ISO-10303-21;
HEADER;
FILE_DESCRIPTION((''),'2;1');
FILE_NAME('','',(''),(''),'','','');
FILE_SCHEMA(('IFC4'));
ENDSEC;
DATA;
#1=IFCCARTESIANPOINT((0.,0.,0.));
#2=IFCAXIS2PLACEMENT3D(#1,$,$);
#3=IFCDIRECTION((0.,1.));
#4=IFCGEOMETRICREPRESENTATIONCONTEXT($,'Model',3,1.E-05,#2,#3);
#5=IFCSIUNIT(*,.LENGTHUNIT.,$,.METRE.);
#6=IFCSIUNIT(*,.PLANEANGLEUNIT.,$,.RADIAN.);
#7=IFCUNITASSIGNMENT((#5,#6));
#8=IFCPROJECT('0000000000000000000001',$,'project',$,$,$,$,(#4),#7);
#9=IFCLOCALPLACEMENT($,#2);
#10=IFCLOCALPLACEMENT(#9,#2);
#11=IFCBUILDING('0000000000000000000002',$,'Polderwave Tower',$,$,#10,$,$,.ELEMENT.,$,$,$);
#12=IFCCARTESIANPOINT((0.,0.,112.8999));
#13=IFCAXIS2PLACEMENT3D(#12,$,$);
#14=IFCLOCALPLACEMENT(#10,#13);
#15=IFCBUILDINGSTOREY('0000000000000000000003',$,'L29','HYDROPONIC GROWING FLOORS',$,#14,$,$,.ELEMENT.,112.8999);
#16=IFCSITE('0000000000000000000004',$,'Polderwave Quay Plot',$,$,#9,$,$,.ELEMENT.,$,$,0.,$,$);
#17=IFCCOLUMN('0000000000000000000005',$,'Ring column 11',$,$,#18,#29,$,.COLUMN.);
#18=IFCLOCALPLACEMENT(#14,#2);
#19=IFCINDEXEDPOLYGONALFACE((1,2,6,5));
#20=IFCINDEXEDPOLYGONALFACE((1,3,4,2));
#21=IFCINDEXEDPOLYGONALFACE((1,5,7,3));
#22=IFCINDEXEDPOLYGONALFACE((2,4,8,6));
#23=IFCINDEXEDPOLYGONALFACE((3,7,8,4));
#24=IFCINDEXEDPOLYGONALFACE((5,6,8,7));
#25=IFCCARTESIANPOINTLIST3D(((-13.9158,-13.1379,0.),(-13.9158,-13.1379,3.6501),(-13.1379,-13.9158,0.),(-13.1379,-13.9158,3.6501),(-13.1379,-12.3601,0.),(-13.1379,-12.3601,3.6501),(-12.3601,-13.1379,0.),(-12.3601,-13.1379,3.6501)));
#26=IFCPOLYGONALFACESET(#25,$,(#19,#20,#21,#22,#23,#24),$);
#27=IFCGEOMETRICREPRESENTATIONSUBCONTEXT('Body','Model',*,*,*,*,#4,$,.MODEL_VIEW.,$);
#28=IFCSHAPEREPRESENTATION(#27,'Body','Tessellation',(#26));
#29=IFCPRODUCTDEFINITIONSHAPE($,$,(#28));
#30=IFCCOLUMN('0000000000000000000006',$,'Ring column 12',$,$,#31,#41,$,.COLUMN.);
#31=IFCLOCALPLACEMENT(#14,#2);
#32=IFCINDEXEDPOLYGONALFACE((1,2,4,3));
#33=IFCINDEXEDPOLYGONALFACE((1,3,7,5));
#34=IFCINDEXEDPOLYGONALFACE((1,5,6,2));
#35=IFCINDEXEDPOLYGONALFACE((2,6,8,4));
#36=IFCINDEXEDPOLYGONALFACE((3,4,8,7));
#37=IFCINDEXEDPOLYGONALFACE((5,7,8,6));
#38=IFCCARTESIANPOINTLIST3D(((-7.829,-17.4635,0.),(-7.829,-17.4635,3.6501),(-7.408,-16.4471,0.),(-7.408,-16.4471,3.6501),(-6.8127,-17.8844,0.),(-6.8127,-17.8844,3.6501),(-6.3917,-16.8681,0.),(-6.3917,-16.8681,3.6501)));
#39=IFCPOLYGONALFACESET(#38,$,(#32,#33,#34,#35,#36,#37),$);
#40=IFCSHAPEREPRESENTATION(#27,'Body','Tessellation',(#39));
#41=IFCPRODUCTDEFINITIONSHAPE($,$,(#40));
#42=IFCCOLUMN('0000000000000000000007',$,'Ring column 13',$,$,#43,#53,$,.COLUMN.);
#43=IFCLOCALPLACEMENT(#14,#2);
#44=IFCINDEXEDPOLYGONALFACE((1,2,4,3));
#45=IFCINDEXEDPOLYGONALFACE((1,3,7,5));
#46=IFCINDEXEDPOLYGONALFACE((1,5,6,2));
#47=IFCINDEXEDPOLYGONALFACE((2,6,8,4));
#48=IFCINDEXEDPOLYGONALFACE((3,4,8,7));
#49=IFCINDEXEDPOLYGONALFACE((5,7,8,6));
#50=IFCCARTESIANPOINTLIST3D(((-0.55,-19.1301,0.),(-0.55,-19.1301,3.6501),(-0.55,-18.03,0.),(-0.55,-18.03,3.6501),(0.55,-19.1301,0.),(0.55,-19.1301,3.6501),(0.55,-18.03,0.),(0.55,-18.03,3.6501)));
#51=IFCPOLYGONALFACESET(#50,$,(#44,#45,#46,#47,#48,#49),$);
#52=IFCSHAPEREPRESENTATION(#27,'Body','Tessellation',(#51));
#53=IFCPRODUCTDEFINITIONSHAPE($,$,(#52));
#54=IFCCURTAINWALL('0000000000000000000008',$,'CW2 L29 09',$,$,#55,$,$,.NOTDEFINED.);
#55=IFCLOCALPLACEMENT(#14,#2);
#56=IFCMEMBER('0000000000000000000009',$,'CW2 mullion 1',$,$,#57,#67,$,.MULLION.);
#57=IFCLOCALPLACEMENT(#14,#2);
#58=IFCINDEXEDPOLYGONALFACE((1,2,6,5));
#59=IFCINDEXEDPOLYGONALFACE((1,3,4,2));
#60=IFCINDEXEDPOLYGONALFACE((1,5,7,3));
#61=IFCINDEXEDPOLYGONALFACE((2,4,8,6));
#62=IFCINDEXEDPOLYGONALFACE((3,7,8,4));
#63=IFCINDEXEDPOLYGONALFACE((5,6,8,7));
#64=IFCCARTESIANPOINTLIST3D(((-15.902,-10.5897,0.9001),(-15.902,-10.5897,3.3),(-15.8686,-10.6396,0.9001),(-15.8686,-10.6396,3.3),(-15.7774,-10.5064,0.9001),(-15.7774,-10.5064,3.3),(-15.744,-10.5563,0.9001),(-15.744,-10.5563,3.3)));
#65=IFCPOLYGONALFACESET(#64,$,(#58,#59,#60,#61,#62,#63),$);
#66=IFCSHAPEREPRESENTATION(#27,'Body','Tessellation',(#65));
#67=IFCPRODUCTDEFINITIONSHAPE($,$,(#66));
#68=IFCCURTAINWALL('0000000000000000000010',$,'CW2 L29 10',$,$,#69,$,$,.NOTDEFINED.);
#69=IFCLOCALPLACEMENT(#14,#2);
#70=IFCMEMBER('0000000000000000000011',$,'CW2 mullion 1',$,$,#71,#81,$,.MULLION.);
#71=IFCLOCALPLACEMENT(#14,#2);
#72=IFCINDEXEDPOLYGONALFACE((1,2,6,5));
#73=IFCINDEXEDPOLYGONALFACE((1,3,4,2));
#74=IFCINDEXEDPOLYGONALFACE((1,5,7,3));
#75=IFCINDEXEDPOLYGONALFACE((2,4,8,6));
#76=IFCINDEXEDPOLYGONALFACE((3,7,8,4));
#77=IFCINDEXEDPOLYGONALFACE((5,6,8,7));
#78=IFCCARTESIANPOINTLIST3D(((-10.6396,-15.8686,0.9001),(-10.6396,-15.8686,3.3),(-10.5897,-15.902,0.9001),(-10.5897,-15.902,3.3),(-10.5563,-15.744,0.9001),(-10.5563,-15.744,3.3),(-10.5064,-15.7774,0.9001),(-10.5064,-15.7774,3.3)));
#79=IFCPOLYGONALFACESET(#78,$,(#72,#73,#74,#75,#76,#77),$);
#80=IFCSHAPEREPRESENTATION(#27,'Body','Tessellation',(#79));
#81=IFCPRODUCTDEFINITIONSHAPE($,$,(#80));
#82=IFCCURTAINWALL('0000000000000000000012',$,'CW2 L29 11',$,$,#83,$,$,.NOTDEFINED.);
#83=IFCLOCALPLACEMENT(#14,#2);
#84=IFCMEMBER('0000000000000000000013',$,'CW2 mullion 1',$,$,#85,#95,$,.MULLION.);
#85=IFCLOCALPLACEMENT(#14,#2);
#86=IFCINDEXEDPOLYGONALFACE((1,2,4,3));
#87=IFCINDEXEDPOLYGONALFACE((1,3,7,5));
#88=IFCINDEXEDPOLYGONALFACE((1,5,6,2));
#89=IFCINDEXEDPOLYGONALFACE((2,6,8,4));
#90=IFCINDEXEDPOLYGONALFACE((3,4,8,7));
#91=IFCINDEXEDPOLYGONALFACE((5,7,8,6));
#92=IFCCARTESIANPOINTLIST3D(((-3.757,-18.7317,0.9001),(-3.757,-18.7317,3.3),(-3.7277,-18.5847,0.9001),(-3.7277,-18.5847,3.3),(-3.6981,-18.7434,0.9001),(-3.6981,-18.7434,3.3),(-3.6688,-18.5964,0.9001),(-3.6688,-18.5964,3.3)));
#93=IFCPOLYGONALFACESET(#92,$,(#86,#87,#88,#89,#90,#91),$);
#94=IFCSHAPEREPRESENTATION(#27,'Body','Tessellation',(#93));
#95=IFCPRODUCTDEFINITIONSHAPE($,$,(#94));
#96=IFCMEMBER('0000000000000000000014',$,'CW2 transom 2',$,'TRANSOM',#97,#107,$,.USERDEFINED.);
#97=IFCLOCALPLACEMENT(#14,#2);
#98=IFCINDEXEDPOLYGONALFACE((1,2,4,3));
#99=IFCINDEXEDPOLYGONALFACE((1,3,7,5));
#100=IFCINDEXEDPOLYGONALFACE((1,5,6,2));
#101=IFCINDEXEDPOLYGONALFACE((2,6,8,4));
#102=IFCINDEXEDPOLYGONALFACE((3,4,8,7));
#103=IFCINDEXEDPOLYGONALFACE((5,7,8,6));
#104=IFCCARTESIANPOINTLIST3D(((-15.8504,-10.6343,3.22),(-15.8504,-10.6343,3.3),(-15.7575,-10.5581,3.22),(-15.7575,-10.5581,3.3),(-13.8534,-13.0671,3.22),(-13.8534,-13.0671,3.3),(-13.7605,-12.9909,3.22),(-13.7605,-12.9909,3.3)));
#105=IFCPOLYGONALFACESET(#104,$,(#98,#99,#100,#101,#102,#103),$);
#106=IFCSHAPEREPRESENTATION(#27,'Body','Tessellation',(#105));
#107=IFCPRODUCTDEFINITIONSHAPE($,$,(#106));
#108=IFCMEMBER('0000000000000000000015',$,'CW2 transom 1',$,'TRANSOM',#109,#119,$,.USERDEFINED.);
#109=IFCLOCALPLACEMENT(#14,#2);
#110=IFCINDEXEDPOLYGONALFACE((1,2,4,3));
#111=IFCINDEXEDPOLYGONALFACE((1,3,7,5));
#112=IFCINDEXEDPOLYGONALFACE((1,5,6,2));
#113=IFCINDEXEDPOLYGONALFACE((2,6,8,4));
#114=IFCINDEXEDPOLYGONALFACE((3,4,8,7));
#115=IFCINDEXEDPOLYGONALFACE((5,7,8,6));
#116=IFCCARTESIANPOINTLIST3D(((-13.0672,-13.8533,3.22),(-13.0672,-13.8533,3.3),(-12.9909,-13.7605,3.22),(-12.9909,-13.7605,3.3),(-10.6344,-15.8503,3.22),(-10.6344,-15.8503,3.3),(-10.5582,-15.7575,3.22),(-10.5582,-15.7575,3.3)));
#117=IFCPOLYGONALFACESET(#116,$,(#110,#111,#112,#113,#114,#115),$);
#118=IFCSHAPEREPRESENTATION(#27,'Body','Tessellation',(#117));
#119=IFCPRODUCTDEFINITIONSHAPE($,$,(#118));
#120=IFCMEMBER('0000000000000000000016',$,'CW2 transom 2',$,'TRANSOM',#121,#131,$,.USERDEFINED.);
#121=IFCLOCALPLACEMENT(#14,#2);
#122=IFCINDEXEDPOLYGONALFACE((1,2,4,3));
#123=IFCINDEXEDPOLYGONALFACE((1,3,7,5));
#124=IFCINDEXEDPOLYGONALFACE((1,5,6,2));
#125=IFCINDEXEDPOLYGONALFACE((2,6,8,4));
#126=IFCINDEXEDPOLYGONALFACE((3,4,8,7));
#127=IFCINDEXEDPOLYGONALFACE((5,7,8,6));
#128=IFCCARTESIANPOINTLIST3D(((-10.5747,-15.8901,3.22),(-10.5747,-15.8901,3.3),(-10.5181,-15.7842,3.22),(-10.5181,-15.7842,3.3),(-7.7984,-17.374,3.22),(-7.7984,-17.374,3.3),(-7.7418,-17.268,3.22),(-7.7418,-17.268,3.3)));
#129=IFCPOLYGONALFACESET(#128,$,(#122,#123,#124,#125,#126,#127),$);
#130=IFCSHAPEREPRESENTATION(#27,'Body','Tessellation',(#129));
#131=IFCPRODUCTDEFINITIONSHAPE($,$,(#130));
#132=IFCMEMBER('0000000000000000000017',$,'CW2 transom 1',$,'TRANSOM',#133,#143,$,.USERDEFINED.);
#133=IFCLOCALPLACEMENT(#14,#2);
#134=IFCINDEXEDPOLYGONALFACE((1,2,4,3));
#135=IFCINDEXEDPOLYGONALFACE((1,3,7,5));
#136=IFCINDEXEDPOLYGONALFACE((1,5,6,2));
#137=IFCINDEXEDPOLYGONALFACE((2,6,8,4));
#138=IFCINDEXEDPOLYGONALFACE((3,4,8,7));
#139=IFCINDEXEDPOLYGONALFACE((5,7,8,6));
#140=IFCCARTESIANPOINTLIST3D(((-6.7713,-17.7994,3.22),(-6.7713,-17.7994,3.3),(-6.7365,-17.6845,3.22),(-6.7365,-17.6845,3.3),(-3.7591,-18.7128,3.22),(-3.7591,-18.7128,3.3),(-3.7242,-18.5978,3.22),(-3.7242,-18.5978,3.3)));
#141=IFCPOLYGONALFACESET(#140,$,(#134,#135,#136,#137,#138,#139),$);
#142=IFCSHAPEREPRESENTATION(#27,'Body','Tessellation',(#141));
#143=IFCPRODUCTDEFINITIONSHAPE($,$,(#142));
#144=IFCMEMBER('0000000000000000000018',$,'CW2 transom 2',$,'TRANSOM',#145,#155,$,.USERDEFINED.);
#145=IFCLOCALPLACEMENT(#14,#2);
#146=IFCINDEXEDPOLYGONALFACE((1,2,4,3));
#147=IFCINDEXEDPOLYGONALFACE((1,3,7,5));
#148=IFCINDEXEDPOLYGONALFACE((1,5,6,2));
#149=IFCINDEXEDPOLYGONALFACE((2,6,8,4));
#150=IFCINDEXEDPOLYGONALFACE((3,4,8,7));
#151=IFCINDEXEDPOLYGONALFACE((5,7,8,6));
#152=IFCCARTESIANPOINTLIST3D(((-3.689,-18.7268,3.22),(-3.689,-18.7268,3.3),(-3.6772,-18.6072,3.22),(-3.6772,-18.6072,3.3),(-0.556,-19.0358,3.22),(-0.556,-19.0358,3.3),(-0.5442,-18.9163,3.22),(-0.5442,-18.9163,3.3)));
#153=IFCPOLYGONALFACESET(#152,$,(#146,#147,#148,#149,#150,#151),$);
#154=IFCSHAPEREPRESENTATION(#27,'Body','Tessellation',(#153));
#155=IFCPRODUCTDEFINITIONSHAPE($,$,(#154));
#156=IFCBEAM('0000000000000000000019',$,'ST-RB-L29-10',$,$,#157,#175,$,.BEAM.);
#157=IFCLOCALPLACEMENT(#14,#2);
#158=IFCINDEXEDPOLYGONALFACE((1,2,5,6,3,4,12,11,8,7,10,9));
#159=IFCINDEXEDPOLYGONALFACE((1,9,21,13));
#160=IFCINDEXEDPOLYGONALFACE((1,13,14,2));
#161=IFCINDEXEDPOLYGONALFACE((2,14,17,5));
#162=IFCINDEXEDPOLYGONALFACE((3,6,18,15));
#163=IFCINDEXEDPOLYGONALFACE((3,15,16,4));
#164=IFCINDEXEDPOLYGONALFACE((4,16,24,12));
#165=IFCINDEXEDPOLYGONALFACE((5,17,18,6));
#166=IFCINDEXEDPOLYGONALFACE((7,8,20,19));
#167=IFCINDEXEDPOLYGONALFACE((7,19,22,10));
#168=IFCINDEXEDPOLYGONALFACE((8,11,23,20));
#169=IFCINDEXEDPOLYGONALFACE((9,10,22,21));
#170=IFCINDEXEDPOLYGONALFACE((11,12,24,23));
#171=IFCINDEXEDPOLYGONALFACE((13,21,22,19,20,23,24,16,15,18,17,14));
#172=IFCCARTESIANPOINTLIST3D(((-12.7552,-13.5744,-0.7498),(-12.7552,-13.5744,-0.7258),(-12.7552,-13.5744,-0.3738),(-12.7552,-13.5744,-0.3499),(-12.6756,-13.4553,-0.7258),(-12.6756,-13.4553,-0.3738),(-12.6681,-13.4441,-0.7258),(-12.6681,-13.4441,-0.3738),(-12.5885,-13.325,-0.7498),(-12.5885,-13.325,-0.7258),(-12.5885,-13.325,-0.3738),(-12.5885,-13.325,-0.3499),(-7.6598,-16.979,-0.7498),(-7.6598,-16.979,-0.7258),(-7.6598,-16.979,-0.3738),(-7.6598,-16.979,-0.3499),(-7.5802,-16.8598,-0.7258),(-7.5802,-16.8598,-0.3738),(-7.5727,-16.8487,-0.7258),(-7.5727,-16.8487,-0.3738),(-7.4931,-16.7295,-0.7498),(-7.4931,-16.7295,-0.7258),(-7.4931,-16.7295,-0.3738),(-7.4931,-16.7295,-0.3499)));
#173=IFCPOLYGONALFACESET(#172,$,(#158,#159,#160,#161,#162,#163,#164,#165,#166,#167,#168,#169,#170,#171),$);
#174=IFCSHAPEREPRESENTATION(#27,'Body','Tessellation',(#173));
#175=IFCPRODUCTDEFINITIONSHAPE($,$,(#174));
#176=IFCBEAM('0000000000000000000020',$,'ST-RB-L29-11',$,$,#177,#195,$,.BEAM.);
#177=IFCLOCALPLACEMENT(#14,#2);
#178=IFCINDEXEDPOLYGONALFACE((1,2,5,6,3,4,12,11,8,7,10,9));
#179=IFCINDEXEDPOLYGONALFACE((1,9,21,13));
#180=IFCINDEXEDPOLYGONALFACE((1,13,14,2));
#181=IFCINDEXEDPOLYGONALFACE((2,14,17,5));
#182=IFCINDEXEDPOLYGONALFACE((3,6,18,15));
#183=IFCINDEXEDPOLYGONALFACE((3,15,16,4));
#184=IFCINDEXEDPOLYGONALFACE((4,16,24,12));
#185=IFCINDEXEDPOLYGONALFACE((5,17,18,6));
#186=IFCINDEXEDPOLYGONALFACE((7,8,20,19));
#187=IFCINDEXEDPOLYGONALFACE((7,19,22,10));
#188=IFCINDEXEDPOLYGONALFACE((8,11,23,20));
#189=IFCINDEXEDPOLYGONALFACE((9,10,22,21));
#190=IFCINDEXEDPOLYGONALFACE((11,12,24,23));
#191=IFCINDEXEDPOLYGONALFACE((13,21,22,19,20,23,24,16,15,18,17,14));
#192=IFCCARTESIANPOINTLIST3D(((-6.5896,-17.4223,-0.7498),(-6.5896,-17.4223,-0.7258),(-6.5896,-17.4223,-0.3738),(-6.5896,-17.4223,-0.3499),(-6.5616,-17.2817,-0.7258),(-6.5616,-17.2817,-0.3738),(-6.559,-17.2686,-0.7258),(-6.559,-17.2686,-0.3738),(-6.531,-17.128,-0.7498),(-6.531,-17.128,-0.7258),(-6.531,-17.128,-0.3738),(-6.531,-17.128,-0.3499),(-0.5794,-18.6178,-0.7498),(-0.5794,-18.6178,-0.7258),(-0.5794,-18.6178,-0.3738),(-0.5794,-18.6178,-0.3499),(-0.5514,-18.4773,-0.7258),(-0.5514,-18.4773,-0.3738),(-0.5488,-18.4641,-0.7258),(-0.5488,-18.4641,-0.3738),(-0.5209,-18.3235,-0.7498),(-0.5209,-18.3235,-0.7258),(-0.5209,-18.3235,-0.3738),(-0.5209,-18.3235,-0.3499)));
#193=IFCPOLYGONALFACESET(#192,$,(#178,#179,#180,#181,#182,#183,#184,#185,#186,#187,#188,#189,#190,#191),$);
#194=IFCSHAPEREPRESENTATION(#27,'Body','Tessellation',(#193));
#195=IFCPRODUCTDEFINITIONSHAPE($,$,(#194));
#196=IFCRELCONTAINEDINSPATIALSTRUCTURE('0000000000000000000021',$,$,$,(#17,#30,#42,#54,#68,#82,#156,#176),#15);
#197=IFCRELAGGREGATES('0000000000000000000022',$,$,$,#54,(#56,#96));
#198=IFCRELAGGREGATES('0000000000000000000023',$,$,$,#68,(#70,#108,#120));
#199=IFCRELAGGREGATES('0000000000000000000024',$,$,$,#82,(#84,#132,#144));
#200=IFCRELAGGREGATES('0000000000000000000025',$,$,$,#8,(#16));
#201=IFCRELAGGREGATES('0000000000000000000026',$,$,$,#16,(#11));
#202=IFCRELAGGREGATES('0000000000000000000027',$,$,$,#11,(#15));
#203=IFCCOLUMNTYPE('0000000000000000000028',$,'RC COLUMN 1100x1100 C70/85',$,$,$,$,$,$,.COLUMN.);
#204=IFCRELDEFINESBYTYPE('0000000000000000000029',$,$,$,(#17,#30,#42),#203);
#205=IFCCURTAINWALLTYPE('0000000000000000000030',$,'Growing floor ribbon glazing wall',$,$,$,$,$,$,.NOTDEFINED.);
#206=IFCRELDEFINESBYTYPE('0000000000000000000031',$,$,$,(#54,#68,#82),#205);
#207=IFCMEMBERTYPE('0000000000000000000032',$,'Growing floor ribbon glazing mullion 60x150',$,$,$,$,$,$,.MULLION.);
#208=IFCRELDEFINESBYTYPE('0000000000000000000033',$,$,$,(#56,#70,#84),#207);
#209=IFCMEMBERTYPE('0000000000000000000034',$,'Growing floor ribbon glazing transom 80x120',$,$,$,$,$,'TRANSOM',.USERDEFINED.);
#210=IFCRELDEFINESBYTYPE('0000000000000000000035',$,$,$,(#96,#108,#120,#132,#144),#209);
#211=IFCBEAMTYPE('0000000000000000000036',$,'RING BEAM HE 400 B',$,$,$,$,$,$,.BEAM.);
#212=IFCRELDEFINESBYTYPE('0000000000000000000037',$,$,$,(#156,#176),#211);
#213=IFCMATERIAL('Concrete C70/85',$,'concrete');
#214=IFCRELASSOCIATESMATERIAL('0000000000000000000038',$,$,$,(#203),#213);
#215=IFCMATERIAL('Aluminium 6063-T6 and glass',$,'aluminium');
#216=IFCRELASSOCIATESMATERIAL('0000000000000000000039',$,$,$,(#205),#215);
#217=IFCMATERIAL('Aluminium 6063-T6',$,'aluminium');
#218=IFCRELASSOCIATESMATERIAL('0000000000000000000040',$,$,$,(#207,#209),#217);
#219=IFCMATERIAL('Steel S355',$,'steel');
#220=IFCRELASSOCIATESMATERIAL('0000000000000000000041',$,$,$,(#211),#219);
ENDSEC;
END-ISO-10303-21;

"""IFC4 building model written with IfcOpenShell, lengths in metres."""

from ifc_helpers import new_model, si_unit, direction, frame, origin, origin_2d, place, context, subcontext, project, spatial, rectangle, i_section, extrude, material, material_profile, profile_set, type_object, element, aggregate, save


model = new_model("IFC4")

# Units and contexts
model_context = context("Model", 3, precision=1e-05, world=origin(), true_north=direction((0.0, 1.0)))
body_context = subcontext(model_context, "Body", "Model", "MODEL_VIEW")
ifc_project = project(units=[si_unit("LENGTHUNIT", "METRE"), si_unit("PLANEANGLEUNIT", "RADIAN")], contexts=[model_context])

# Site, building, storey
site_placement = place(None, origin())
site = spatial("IfcSite", under=ifc_project, at=site_placement, Name="Polderwave Quay Plot", CompositionType="ELEMENT", RefElevation=0.0)
building_placement = place(site_placement, origin())
building = spatial("IfcBuilding", under=site, at=building_placement, Name="Polderwave Tower", CompositionType="ELEMENT")
storey_placement = place(building_placement, frame((0.0, 0.0, 112.8999)))
storey = spatial("IfcBuildingStorey", under=building, at=storey_placement, Name="L29", Description="HYDROPONIC GROWING FLOORS", CompositionType="ELEMENT", Elevation=112.8999)

# Columns
ifc_material_1 = material(Name="Concrete C70/85", Category="concrete")
ifc_material_profile_1 = material_profile(ifc_material_1, rectangle(XDim=1.1001, YDim=1.1001, at=origin_2d()), Name="RC 1100x1100")
ifc_profile_set_1 = profile_set([ifc_material_profile_1], Name="Concrete C70/85")
column_type = type_object("IfcColumnType", Name="RC COLUMN 1100x1100 C70/85", PredefinedType="COLUMN", material=ifc_profile_set_1)
for number, where, z_axis, x_axis, name in (
    (1, (-13.1379, -13.1379, 0.0), (0.0, 0.0, 1.0), (-0.707107, -0.707107, 0.0), "Ring column 11"),
    (2, (-7.1104, -17.1658, 0.0), (0.0, 0.0, 1.0), (-0.382683, -0.92388, 0.0), "Ring column 12"),
    (3, (0.0, -18.5801, 0.0), (0.0, 0.0, 1.0), (0.0, -1.0, 0.0), "Ring column 13"),
):
    element("IfcColumn", number, at=place(storey_placement, frame(where, z_axis=z_axis, x_axis=x_axis)), inside=storey, type_object=column_type, Name=name, PredefinedType="COLUMN", context=body_context, shape_type="SweptSolid", body=[
        extrude(rectangle(XDim=1.1001, YDim=1.1001, at=origin_2d()), origin(), (0.0, 0.0, 1.0), 3.6501),
    ])

# Curtain walls, members
ifc_material_2 = material(Name="Aluminium 6063-T6 and glass", Category="aluminium")
curtain_wall_type = type_object("IfcCurtainWallType", Name="Growing floor ribbon glazing wall", PredefinedType="NOTDEFINED", material=ifc_material_2)
curtain_wall_1_placement = place(storey_placement, origin())
curtain_wall_1 = element("IfcCurtainWall", 4, at=curtain_wall_1_placement, inside=storey, type_object=curtain_wall_type, Name="CW2 L29 09", PredefinedType="NOTDEFINED")
ifc_material_3 = material(Name="Aluminium 6063-T6", Category="aluminium")
ifc_material_profile_2 = material_profile(ifc_material_3, rectangle(XDim=0.1499, YDim=0.0601, at=origin_2d()), Name="AL 60x150")
ifc_profile_set_2 = profile_set([ifc_material_profile_2], Name="Aluminium 6063-T6")
member_type_1 = type_object("IfcMemberType", Name="Growing floor ribbon glazing mullion 60x150", PredefinedType="MULLION", material=ifc_profile_set_2)
member_1_placement = place(storey_placement, frame((-15.823, -10.573, 0.9001), z_axis=(0.0, 0.0, 1.0), x_axis=(0.83146, 0.555585, 0.0)))
member_1 = element("IfcMember", 5, at=member_1_placement, type_object=member_type_1, Name="CW2 mullion 1", PredefinedType="MULLION", context=body_context, shape_type="SweptSolid", body=[
    extrude(rectangle(XDim=0.1499, YDim=0.0601, at=origin_2d()), origin(), (0.0, 0.0, 1.0), 2.3999),
])
curtain_wall_2_placement = place(storey_placement, origin())
curtain_wall_2 = element("IfcCurtainWall", 6, at=curtain_wall_2_placement, inside=storey, type_object=curtain_wall_type, Name="CW2 L29 10", PredefinedType="NOTDEFINED")
member_2_placement = place(storey_placement, frame((-10.573, -15.823, 0.9001), z_axis=(0.0, 0.0, 1.0), x_axis=(0.555585, 0.83146, 0.0)))
member_2 = element("IfcMember", 7, at=member_2_placement, type_object=member_type_1, Name="CW2 mullion 1", PredefinedType="MULLION", context=body_context, shape_type="SweptSolid", body=[
    extrude(rectangle(XDim=0.1499, YDim=0.0601, at=origin_2d()), origin(), (0.0, 0.0, 1.0), 2.3999),
])
curtain_wall_3_placement = place(storey_placement, origin())
curtain_wall_3 = element("IfcCurtainWall", 8, at=curtain_wall_3_placement, inside=storey, type_object=curtain_wall_type, Name="CW2 L29 11", PredefinedType="NOTDEFINED")
member_3_placement = place(storey_placement, frame((-3.7129, -18.6641, 0.9001), z_axis=(0.0, 0.0, 1.0), x_axis=(0.195092, 0.980785, 0.0)))
member_3 = element("IfcMember", 9, at=member_3_placement, type_object=member_type_1, Name="CW2 mullion 1", PredefinedType="MULLION", context=body_context, shape_type="SweptSolid", body=[
    extrude(rectangle(XDim=0.1499, YDim=0.0601, at=origin_2d()), origin(), (0.0, 0.0, 1.0), 2.3999),
])

# Members
ifc_material_profile_3 = material_profile(ifc_material_3, rectangle(XDim=0.1201, YDim=0.0801, at=origin_2d()), Name="AL 80x120")
ifc_profile_set_3 = profile_set([ifc_material_profile_3], Name="Aluminium 6063-T6")
member_type_2 = type_object("IfcMemberType", Name="Growing floor ribbon glazing transom 80x120", ElementType="TRANSOM", PredefinedType="USERDEFINED", material=ifc_profile_set_3)
member_4_placement = place(storey_placement, frame((-15.804, -10.5962, 3.26), z_axis=(0.634483, -0.772937, 0.0), x_axis=(0.772937, 0.634483, 0.0)))
member_4 = element("IfcMember", 10, at=member_4_placement, type_object=member_type_2, Name="CW2 transom 2", ObjectType="TRANSOM", PredefinedType="USERDEFINED", context=body_context, shape_type="SweptSolid", body=[
    extrude(rectangle(XDim=0.1201, YDim=0.0801, at=origin_2d()), origin(), (0.0, 0.0, 1.0), 3.1475),
])
member_5_placement = place(storey_placement, frame((-13.0291, -13.8069, 3.26), z_axis=(0.772937, -0.634483, 0.0), x_axis=(0.634483, 0.772937, 0.0)))
member_5 = element("IfcMember", 11, at=member_5_placement, type_object=member_type_2, Name="CW2 transom 1", ObjectType="TRANSOM", PredefinedType="USERDEFINED", context=body_context, shape_type="SweptSolid", body=[
    extrude(rectangle(XDim=0.1201, YDim=0.0801, at=origin_2d()), origin(), (0.0, 0.0, 1.0), 3.1475),
])
member_6_placement = place(storey_placement, frame((-10.5464, -15.8372, 3.26), z_axis=(0.881936, -0.471369, 0.0), x_axis=(0.471369, 0.881936, 0.0)))
member_6 = element("IfcMember", 12, at=member_6_placement, type_object=member_type_2, Name="CW2 transom 2", ObjectType="TRANSOM", PredefinedType="USERDEFINED", context=body_context, shape_type="SweptSolid", body=[
    extrude(rectangle(XDim=0.1201, YDim=0.0801, at=origin_2d()), origin(), (0.0, 0.0, 1.0), 3.1479),
])
member_7_placement = place(storey_placement, frame((-6.7539, -17.7419, 3.26), z_axis=(0.956977, -0.290165, 0.0), x_axis=(0.290165, 0.956977, 0.0)))
member_7 = element("IfcMember", 13, at=member_7_placement, type_object=member_type_2, Name="CW2 transom 1", ObjectType="TRANSOM", PredefinedType="USERDEFINED", context=body_context, shape_type="SweptSolid", body=[
    extrude(rectangle(XDim=0.1201, YDim=0.0801, at=origin_2d()), origin(), (0.0, 0.0, 1.0), 3.1477),
])
member_8_placement = place(storey_placement, frame((-3.6831, -18.667, 3.26), z_axis=(0.995169, -0.098175, 0.0), x_axis=(0.098175, 0.995169, 0.0)))
member_8 = element("IfcMember", 14, at=member_8_placement, type_object=member_type_2, Name="CW2 transom 2", ObjectType="TRANSOM", PredefinedType="USERDEFINED", context=body_context, shape_type="SweptSolid", body=[
    extrude(rectangle(XDim=0.1201, YDim=0.0801, at=origin_2d()), origin(), (0.0, 0.0, 1.0), 3.1482),
])

# Beams
ifc_material_4 = material(Name="Steel S355", Category="steel")
ifc_material_profile_4 = material_profile(ifc_material_4, i_section(OverallWidth=0.3, OverallDepth=0.3999, WebThickness=0.0134, FlangeThickness=0.0239, at=origin_2d()), Name="HE 400 B")
ifc_profile_set_4 = profile_set([ifc_material_profile_4], Name="Steel S355")
beam_type = type_object("IfcBeamType", Name="RING BEAM HE 400 B", PredefinedType="BEAM", material=ifc_profile_set_4)
beam_1_placement = place(storey_placement, frame((-12.6719, -13.4497, -0.5498), z_axis=(0.83148, -0.555555, 0.0), x_axis=(0.555555, 0.83148, 0.0)))
element("IfcBeam", 15, at=beam_1_placement, inside=storey, type_object=beam_type, Name="ST-RB-L29-10", PredefinedType="BEAM", context=body_context, shape_type="SweptSolid", body=[
    extrude(i_section(OverallWidth=0.3, OverallDepth=0.3999, WebThickness=0.0134, FlangeThickness=0.0239, at=origin_2d()), origin(), (0.0, 0.0, 1.0), 6.1282),
])
beam_2_placement = place(storey_placement, frame((-6.5603, -17.2751, -0.5498), z_axis=(0.980784, -0.195097, 0.0), x_axis=(0.195097, 0.980784, 0.0)))
element("IfcBeam", 16, at=beam_2_placement, inside=storey, type_object=beam_type, Name="ST-RB-L29-11", PredefinedType="BEAM", context=body_context, shape_type="SweptSolid", body=[
    extrude(i_section(OverallWidth=0.3, OverallDepth=0.3999, WebThickness=0.0134, FlangeThickness=0.0239, at=origin_2d()), origin(), (0.0, 0.0, 1.0), 6.1279),
])

aggregate(curtain_wall_1, [member_1, member_4])
aggregate(curtain_wall_2, [member_2, member_5, member_6])
aggregate(curtain_wall_3, [member_3, member_7, member_8])

save(model, "model.ifc")
